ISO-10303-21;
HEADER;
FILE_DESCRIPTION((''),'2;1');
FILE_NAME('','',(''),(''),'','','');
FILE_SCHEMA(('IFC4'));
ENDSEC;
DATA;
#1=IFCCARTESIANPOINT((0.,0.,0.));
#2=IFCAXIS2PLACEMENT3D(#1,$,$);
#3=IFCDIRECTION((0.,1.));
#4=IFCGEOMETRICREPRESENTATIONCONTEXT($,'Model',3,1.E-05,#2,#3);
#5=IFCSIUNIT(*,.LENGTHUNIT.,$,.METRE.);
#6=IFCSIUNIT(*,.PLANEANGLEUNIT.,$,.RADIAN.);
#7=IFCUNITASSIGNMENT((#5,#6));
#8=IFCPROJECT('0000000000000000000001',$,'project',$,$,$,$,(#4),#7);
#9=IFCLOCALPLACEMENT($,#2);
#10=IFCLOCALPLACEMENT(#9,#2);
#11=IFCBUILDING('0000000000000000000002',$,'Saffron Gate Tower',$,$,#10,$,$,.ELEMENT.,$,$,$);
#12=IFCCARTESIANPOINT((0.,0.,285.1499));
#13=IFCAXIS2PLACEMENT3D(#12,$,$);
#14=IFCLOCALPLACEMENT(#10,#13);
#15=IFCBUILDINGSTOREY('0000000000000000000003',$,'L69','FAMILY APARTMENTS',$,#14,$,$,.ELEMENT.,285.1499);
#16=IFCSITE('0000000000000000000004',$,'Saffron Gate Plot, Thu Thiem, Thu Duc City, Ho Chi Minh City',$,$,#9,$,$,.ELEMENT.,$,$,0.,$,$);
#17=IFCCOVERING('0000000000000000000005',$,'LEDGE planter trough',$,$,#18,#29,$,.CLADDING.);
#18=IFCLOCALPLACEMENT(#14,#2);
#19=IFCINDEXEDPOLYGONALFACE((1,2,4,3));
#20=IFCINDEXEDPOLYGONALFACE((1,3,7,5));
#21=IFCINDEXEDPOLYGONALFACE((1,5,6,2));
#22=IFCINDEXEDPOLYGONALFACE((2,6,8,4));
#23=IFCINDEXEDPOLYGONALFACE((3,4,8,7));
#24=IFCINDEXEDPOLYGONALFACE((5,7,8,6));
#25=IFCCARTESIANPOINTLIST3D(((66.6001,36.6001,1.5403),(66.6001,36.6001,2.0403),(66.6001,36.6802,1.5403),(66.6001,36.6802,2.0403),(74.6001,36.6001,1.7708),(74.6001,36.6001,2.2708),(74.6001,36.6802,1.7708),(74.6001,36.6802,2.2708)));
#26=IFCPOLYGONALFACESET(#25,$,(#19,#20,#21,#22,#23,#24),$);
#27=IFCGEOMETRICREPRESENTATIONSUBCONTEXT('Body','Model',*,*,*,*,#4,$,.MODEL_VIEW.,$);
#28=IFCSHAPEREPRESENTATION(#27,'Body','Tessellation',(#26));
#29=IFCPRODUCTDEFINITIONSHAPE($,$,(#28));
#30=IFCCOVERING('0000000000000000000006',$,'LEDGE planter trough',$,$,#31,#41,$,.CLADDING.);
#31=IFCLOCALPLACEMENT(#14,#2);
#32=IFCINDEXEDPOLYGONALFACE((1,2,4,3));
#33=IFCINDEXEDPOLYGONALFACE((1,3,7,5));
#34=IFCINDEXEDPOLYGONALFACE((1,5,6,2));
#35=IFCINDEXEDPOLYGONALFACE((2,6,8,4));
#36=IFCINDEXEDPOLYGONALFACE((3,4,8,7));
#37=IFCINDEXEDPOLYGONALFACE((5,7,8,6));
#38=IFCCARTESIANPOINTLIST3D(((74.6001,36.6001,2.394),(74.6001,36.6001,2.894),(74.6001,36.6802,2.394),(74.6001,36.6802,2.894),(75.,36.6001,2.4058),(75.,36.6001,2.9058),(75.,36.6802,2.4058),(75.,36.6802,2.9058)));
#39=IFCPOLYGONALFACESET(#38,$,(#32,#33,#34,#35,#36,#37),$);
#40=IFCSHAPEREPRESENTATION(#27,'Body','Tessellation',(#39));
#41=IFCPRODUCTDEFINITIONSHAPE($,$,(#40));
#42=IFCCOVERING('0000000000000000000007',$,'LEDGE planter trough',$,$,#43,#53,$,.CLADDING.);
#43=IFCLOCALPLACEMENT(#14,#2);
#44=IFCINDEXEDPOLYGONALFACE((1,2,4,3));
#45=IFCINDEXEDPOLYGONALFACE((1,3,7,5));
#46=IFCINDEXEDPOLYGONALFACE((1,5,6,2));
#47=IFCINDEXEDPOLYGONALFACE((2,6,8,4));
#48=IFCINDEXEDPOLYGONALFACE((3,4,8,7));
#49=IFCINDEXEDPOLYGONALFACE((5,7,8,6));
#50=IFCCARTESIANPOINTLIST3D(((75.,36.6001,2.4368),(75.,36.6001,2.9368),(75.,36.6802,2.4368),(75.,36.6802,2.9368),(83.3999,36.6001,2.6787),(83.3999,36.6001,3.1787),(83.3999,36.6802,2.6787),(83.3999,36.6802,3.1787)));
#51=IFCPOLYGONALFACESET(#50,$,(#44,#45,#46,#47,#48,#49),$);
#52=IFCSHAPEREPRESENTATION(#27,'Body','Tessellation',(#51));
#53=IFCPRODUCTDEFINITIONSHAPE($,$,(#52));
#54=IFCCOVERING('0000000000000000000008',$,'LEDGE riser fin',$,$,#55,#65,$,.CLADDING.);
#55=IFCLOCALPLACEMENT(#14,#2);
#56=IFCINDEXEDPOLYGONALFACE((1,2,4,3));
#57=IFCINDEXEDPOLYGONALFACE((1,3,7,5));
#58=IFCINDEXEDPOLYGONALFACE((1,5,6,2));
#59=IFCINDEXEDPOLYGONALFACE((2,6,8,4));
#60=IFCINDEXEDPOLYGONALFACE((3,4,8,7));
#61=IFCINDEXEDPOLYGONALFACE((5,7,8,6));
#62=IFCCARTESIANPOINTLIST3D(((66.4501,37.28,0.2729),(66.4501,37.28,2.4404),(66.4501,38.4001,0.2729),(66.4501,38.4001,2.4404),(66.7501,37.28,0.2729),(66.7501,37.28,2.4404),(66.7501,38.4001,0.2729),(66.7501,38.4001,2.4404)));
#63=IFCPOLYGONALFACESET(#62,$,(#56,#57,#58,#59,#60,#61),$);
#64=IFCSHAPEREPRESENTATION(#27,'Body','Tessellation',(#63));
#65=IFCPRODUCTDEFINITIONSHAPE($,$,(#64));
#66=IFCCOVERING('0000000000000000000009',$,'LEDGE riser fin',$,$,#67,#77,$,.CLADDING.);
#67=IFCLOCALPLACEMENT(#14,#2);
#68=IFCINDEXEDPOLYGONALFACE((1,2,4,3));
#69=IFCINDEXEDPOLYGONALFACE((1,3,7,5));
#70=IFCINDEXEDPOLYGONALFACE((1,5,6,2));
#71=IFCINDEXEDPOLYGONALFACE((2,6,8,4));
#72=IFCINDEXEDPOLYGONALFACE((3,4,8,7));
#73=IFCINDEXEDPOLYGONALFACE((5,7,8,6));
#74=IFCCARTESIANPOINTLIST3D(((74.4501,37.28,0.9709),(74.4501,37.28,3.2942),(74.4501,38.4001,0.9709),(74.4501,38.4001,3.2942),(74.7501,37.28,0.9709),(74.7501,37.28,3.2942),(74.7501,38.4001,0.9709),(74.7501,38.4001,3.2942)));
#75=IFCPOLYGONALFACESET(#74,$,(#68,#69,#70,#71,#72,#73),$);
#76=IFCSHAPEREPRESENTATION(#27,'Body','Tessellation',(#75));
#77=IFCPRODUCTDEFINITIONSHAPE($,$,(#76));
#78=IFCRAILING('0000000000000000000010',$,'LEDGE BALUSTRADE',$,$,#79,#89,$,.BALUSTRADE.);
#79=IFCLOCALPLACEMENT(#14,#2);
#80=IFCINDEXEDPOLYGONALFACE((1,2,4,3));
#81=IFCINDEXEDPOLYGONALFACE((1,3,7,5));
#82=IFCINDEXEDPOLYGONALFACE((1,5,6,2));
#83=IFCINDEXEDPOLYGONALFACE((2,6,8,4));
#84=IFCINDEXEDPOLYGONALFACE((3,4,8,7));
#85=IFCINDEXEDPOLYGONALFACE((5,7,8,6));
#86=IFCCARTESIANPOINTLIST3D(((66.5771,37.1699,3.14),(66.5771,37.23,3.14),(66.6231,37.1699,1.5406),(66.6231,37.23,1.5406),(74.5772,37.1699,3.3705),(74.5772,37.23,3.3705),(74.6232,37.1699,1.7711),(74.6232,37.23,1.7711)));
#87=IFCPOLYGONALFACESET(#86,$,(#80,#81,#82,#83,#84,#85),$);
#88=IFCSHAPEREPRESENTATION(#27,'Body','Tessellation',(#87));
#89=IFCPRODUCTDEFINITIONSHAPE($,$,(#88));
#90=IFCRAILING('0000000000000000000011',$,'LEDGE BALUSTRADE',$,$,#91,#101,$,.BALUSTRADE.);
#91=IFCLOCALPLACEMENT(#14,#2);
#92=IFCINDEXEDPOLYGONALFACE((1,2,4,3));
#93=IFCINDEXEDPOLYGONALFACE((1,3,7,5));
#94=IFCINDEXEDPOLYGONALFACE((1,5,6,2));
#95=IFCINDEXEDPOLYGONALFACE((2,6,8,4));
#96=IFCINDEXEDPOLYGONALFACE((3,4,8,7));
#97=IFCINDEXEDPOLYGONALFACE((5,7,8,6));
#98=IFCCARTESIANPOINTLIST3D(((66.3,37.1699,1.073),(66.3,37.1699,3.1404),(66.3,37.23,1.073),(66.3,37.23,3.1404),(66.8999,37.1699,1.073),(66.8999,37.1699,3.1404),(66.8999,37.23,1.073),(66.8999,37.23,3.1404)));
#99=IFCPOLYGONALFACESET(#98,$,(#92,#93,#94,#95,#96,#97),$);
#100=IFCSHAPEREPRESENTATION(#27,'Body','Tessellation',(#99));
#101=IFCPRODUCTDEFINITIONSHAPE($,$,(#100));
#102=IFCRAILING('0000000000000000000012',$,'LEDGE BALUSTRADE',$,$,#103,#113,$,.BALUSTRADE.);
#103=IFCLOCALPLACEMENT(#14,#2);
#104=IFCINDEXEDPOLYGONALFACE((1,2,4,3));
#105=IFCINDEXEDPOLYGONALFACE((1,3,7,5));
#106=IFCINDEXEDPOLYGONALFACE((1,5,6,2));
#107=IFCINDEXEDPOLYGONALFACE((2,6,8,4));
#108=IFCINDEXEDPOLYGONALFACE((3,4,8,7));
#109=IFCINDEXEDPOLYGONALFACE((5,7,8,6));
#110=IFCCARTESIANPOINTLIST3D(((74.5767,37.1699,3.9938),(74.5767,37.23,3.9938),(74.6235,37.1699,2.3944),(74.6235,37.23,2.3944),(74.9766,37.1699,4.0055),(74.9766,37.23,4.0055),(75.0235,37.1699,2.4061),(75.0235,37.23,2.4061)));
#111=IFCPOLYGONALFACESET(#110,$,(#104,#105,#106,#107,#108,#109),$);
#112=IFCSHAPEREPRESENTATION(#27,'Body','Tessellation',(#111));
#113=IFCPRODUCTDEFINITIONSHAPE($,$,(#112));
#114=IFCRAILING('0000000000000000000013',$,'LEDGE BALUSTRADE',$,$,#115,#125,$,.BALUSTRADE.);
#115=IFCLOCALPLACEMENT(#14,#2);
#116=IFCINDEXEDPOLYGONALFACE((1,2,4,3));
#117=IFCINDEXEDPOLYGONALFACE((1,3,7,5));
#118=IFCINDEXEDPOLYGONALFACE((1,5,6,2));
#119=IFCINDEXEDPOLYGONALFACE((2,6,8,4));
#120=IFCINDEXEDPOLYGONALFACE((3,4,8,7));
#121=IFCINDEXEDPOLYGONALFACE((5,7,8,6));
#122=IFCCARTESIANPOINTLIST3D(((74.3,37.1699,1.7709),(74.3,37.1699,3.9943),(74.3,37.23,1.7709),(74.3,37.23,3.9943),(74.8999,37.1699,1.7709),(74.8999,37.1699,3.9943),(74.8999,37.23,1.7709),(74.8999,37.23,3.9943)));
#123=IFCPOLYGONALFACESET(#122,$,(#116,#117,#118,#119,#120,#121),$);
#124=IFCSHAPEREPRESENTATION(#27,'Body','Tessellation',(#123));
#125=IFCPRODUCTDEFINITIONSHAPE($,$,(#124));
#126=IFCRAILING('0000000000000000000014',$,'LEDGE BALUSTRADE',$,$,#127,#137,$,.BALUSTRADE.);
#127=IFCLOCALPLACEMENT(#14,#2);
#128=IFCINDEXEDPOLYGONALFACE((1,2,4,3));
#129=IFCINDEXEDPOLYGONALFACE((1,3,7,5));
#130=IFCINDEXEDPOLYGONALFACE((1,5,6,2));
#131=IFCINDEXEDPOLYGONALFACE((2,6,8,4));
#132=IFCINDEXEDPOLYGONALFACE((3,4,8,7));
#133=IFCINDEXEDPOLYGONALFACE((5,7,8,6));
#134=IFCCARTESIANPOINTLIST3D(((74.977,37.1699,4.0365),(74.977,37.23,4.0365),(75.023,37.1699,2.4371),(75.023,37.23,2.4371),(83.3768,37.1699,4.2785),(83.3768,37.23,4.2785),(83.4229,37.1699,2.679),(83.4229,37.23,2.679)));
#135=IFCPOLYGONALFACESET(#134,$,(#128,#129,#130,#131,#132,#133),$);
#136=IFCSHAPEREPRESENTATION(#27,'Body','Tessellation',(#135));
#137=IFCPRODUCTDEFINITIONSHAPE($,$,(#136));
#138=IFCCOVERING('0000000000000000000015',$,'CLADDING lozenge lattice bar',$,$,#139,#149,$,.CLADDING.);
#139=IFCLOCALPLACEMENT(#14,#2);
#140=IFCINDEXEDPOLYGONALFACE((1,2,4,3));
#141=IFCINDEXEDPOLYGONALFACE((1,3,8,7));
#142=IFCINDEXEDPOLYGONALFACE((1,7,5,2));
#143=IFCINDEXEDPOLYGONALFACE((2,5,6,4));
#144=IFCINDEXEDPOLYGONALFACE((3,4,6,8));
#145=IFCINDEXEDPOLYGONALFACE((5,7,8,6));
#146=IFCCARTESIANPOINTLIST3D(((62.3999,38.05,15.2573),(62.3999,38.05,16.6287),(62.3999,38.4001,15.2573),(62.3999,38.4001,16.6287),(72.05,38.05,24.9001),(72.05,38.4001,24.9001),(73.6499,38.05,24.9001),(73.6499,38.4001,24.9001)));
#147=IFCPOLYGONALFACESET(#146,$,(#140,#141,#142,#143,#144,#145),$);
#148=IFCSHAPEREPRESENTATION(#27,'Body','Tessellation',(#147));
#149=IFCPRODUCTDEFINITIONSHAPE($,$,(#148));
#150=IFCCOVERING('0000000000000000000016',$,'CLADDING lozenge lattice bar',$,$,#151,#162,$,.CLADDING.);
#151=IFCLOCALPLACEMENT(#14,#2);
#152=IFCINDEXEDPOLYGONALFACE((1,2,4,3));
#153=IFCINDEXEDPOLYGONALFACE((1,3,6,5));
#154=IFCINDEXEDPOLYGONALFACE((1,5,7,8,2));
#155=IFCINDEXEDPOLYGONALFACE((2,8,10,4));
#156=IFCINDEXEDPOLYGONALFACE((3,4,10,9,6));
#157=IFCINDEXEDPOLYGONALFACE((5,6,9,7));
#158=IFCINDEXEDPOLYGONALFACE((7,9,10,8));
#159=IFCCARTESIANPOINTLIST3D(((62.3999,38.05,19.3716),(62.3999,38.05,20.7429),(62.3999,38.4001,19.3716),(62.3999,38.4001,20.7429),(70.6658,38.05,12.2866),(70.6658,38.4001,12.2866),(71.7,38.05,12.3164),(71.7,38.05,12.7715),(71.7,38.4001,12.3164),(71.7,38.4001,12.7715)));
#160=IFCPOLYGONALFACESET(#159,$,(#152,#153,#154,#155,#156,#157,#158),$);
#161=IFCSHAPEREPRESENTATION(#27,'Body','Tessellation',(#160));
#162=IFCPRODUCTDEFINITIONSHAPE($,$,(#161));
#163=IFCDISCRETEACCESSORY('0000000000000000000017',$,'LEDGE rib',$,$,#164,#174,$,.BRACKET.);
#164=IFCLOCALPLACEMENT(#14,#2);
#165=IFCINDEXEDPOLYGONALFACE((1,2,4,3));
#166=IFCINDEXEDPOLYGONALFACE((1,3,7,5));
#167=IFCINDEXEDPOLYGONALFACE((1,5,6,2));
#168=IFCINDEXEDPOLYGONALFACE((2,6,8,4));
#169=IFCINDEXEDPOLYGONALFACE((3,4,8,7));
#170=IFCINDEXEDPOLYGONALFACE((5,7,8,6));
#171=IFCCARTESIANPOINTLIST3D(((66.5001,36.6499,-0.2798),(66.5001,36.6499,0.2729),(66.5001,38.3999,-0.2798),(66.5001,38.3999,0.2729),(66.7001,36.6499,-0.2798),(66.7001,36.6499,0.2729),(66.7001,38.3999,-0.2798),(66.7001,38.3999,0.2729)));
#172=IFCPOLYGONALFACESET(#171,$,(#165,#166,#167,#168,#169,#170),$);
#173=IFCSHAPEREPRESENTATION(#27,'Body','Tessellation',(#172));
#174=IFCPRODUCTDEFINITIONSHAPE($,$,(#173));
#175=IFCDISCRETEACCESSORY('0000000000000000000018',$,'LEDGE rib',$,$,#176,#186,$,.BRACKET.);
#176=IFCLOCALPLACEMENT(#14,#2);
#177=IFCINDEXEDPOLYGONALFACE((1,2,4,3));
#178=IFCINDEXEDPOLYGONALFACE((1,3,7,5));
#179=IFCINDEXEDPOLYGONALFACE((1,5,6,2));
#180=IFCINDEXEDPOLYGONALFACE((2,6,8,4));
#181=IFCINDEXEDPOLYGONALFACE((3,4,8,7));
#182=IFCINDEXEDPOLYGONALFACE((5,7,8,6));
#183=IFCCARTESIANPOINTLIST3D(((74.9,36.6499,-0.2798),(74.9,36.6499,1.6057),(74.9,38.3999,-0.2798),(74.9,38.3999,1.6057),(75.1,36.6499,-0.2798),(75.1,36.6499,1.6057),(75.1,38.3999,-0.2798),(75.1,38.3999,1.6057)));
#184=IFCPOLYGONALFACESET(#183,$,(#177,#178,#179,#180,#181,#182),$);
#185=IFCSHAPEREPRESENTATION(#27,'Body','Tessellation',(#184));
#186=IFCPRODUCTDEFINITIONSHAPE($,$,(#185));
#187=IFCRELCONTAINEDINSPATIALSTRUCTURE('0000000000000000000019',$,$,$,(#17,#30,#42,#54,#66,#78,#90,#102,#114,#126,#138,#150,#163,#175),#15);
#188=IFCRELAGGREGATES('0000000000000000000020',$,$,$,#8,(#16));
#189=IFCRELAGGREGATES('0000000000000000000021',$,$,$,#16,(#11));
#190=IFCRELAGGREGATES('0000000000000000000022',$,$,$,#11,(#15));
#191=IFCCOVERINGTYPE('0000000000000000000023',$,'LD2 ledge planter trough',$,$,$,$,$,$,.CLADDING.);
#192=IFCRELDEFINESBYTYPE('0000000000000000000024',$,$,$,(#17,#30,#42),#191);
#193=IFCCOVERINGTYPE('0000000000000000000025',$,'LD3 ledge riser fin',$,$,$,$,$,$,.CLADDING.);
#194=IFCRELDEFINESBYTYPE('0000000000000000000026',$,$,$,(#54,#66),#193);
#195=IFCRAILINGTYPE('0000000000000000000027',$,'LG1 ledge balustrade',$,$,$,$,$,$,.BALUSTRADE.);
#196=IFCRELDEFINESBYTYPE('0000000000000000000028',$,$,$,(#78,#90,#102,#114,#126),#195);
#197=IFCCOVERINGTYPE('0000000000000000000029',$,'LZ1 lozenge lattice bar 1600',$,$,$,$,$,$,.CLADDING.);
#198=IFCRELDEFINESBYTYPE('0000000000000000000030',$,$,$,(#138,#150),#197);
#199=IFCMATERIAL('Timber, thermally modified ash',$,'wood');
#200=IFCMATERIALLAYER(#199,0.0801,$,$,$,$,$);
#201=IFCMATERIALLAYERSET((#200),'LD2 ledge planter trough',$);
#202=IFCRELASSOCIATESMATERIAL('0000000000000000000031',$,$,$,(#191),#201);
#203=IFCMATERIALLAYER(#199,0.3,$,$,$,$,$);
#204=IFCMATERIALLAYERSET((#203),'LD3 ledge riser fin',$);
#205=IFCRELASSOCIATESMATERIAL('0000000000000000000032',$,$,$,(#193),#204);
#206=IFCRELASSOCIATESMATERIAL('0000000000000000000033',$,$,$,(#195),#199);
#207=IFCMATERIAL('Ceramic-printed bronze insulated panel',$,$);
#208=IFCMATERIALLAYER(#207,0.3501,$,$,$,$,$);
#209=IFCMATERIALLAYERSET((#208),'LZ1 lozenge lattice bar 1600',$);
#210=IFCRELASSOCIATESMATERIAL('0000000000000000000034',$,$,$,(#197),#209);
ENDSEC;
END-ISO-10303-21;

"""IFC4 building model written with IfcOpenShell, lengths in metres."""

from ifc_helpers import new_model, si_unit, direction, frame, origin, origin_2d, place, context, subcontext, project, spatial, polyline, rectangle, outline, extrude, material, layer, layer_set, type_object, element, save


model = new_model("IFC4")

# Units and contexts
model_context = context("Model", 3, precision=1e-05, world=origin(), true_north=direction((0.0, 1.0)))
body_context = subcontext(model_context, "Body", "Model", "MODEL_VIEW")
ifc_project = project(units=[si_unit("LENGTHUNIT", "METRE"), si_unit("PLANEANGLEUNIT", "RADIAN")], contexts=[model_context])

# Site, building, storey
site_placement = place(None, origin())
site = spatial("IfcSite", under=ifc_project, at=site_placement, Name="Saffron Gate Plot, Thu Thiem, Thu Duc City, Ho Chi Minh City", CompositionType="ELEMENT", RefElevation=0.0)
building_placement = place(site_placement, origin())
building = spatial("IfcBuilding", under=site, at=building_placement, Name="Saffron Gate Tower", CompositionType="ELEMENT")
storey_placement = place(building_placement, frame((0.0, 0.0, 285.1499)))
storey = spatial("IfcBuildingStorey", under=building, at=storey_placement, Name="L69", Description="FAMILY APARTMENTS", CompositionType="ELEMENT", Elevation=285.1499)

# Coverings
ifc_material_1 = material(Name="Timber, thermally modified ash", Category="wood")
ifc_layer_1 = layer(ifc_material_1, 0.0801)
ifc_layer_set_1 = layer_set([ifc_layer_1], Name="LD2 ledge planter trough")
covering_type_1 = type_object("IfcCoveringType", Name="LD2 ledge planter trough", PredefinedType="CLADDING", material=ifc_layer_set_1)
covering_1_placement = place(storey_placement, frame((66.6001, 36.6001, 1.5403), z_axis=(0.0, -1.0, 0.0), x_axis=(0.999585, 0.0, 0.028797)))
element("IfcCovering", 1, at=covering_1_placement, inside=storey, type_object=covering_type_1, Name="LEDGE planter trough", PredefinedType="CLADDING", context=body_context, shape_type="SweptSolid", body=[
    extrude(outline(polyline([(0.0, 0.0), (8.0033, 0.0), (8.0177, 0.4998), (0.0144, 0.4998), (0.0, 0.0)])), origin(), (0.0, 0.0, -1.0), 0.0801),
])
covering_2_placement = place(storey_placement, frame((74.6001, 36.6001, 2.394), z_axis=(0.0, -1.0, 0.0), x_axis=(0.999571, 0.0, 0.029291)))
element("IfcCovering", 2, at=covering_2_placement, inside=storey, type_object=covering_type_1, Name="LEDGE planter trough", PredefinedType="CLADDING", context=body_context, shape_type="SweptSolid", body=[
    extrude(outline(polyline([(0.0, 0.0), (0.4001, 0.0), (0.4147, 0.4998), (0.0146, 0.4998), (0.0, 0.0)])), origin(), (0.0, 0.0, -1.0), 0.0801),
])
covering_3_placement = place(storey_placement, frame((75.0, 36.6001, 2.4368), z_axis=(0.0, -1.0, 0.0), x_axis=(0.999585, 0.0, 0.028791)))
element("IfcCovering", 3, at=covering_3_placement, inside=storey, type_object=covering_type_1, Name="LEDGE planter trough", PredefinedType="CLADDING", context=body_context, shape_type="SweptSolid", body=[
    extrude(outline(polyline([(0.0, 0.0), (8.4034, 0.0), (8.4178, 0.4998), (0.0144, 0.4998), (0.0, 0.0)])), origin(), (0.0, 0.0, -1.0), 0.0801),
])
ifc_layer_2 = layer(ifc_material_1, 0.3)
ifc_layer_set_2 = layer_set([ifc_layer_2], Name="LD3 ledge riser fin")
covering_type_2 = type_object("IfcCoveringType", Name="LD3 ledge riser fin", PredefinedType="CLADDING", material=ifc_layer_set_2)
covering_4_placement = place(storey_placement, frame((66.6001, 37.8401, 0.2729), z_axis=(0.0, 0.0, 1.0), x_axis=(1.0, 0.0, 0.0)))
element("IfcCovering", 4, at=covering_4_placement, inside=storey, type_object=covering_type_2, Name="LEDGE riser fin", PredefinedType="CLADDING", context=body_context, shape_type="SweptSolid", body=[
    extrude(rectangle(XDim=0.3, YDim=1.1201, at=origin_2d()), origin(), (0.0, 0.0, 1.0), 2.1675),
])
covering_5_placement = place(storey_placement, frame((74.6001, 37.8401, 0.9709), z_axis=(0.0, 0.0, 1.0), x_axis=(1.0, 0.0, 0.0)))
element("IfcCovering", 5, at=covering_5_placement, inside=storey, type_object=covering_type_2, Name="LEDGE riser fin", PredefinedType="CLADDING", context=body_context, shape_type="SweptSolid", body=[
    extrude(rectangle(XDim=0.3, YDim=1.1201, at=origin_2d()), origin(), (0.0, 0.0, 1.0), 2.3232),
])

# Railings
railing_type = type_object("IfcRailingType", Name="LG1 ledge balustrade", PredefinedType="BALUSTRADE", material=ifc_material_1)
railing_1_placement = place(storey_placement, frame((66.6001, 37.2, 1.5403)))
element("IfcRailing", 6, at=railing_1_placement, inside=storey, type_object=railing_type, Name="LEDGE BALUSTRADE", PredefinedType="BALUSTRADE", context=body_context, shape_type="SweptSolid", body=[
    extrude(rectangle(XDim=0.0601, YDim=1.6001, at=origin_2d()), frame((0.0, 0.0, 0.8), z_axis=(0.999585, 0.0, 0.028797), x_axis=(0.0, 1.0, 0.0)), (0.0, 0.0, 1.0), 8.0034),
])
railing_2_placement = place(storey_placement, frame((66.3, 37.2, 1.073)))
element("IfcRailing", 7, at=railing_2_placement, inside=storey, type_object=railing_type, Name="LEDGE BALUSTRADE", PredefinedType="BALUSTRADE", context=body_context, shape_type="SweptSolid", body=[
    extrude(rectangle(XDim=0.0601, YDim=2.0674, at=origin_2d()), frame((0.0, 0.0, 1.0337), z_axis=(1.0, 0.0, 0.0), x_axis=(0.0, 1.0, 0.0)), (0.0, 0.0, 1.0), 0.5999),
])
railing_3_placement = place(storey_placement, frame((74.6001, 37.2, 2.394)))
element("IfcRailing", 8, at=railing_3_placement, inside=storey, type_object=railing_type, Name="LEDGE BALUSTRADE", PredefinedType="BALUSTRADE", context=body_context, shape_type="SweptSolid", body=[
    extrude(rectangle(XDim=0.0601, YDim=1.6001, at=origin_2d()), frame((0.0, 0.0, 0.8), z_axis=(0.999571, 0.0, 0.029291), x_axis=(0.0, 1.0, 0.0)), (0.0, 0.0, 1.0), 0.4001),
])
railing_4_placement = place(storey_placement, frame((74.3, 37.2, 1.7708)))
element("IfcRailing", 9, at=railing_4_placement, inside=storey, type_object=railing_type, Name="LEDGE BALUSTRADE", PredefinedType="BALUSTRADE", context=body_context, shape_type="SweptSolid", body=[
    extrude(rectangle(XDim=0.0601, YDim=2.2234, at=origin_2d()), frame((0.0, 0.0, 1.1118), z_axis=(1.0, 0.0, 0.0), x_axis=(0.0, 1.0, 0.0)), (0.0, 0.0, 1.0), 0.5999),
])
railing_5_placement = place(storey_placement, frame((75.0, 37.2, 2.4368)))
element("IfcRailing", 10, at=railing_5_placement, inside=storey, type_object=railing_type, Name="LEDGE BALUSTRADE", PredefinedType="BALUSTRADE", context=body_context, shape_type="SweptSolid", body=[
    extrude(rectangle(XDim=0.0601, YDim=1.6001, at=origin_2d()), frame((0.0, 0.0, 0.8), z_axis=(0.999585, 0.0, 0.028791), x_axis=(0.0, 1.0, 0.0)), (0.0, 0.0, 1.0), 8.4033),
])

# Coverings
ifc_material_2 = material(Name="Ceramic-printed bronze insulated panel")
ifc_layer_3 = layer(ifc_material_2, 0.3501)
ifc_layer_set_3 = layer_set([ifc_layer_3], Name="LZ1 lozenge lattice bar 1600")
covering_type_3 = type_object("IfcCoveringType", Name="LZ1 lozenge lattice bar 1600", PredefinedType="CLADDING", material=ifc_layer_set_3)
covering_6_placement = place(storey_placement, frame((62.3999, 38.05, 15.2573), z_axis=(0.0, -1.0, 0.0), x_axis=(0.759258, 0.0, 0.65079)))
element("IfcCovering", 11, at=covering_6_placement, inside=storey, type_object=covering_type_3, Name="CLADDING lozenge lattice bar", PredefinedType="CLADDING", context=body_context, shape_type="SweptSolid", body=[
    extrude(outline(polyline([(0.0, 0.0), (14.8171, 0.0), (13.6024, 1.0412), (0.8925, 1.0412), (0.0, 0.0)])), origin(), (0.0, 0.0, -1.0), 0.3501),
])
covering_7_placement = place(storey_placement, frame((70.6658, 38.05, 12.2866), z_axis=(0.0, -1.0, 0.0), x_axis=(0.999586, 0.0, 0.028789)))
element("IfcCovering", 12, at=covering_7_placement, inside=storey, type_object=covering_type_3, Name="CLADDING lozenge lattice bar", PredefinedType="CLADDING", context=body_context, shape_type="SweptSolid", body=[
    extrude(outline(polyline([(0.0, 0.0), (1.0346, 0.0), (1.0477, 0.4549), (-8.019, 8.6908), (-8.0585, 7.32), (0.0, 0.0)])), origin(), (0.0, 0.0, -1.0), 0.3501),
])

# Discrete accessories
discrete_accessory_1_placement = place(storey_placement, frame((66.6001, 37.5249, -0.2798), z_axis=(0.0, 0.0, 1.0), x_axis=(1.0, 0.0, 0.0)))
element("IfcDiscreteAccessory", 13, at=discrete_accessory_1_placement, inside=storey, Name="LEDGE rib", PredefinedType="BRACKET", context=body_context, shape_type="SweptSolid", body=[
    extrude(rectangle(XDim=0.2, YDim=1.75, at=origin_2d()), origin(), (0.0, 0.0, 1.0), 0.5527),
])
discrete_accessory_2_placement = place(storey_placement, frame((75.0, 37.5249, -0.2798), z_axis=(0.0, 0.0, 1.0), x_axis=(1.0, 0.0, 0.0)))
element("IfcDiscreteAccessory", 14, at=discrete_accessory_2_placement, inside=storey, Name="LEDGE rib", PredefinedType="BRACKET", context=body_context, shape_type="SweptSolid", body=[
    extrude(rectangle(XDim=0.2, YDim=1.75, at=origin_2d()), origin(), (0.0, 0.0, 1.0), 1.8855),
])

save(model, "model.ifc")
